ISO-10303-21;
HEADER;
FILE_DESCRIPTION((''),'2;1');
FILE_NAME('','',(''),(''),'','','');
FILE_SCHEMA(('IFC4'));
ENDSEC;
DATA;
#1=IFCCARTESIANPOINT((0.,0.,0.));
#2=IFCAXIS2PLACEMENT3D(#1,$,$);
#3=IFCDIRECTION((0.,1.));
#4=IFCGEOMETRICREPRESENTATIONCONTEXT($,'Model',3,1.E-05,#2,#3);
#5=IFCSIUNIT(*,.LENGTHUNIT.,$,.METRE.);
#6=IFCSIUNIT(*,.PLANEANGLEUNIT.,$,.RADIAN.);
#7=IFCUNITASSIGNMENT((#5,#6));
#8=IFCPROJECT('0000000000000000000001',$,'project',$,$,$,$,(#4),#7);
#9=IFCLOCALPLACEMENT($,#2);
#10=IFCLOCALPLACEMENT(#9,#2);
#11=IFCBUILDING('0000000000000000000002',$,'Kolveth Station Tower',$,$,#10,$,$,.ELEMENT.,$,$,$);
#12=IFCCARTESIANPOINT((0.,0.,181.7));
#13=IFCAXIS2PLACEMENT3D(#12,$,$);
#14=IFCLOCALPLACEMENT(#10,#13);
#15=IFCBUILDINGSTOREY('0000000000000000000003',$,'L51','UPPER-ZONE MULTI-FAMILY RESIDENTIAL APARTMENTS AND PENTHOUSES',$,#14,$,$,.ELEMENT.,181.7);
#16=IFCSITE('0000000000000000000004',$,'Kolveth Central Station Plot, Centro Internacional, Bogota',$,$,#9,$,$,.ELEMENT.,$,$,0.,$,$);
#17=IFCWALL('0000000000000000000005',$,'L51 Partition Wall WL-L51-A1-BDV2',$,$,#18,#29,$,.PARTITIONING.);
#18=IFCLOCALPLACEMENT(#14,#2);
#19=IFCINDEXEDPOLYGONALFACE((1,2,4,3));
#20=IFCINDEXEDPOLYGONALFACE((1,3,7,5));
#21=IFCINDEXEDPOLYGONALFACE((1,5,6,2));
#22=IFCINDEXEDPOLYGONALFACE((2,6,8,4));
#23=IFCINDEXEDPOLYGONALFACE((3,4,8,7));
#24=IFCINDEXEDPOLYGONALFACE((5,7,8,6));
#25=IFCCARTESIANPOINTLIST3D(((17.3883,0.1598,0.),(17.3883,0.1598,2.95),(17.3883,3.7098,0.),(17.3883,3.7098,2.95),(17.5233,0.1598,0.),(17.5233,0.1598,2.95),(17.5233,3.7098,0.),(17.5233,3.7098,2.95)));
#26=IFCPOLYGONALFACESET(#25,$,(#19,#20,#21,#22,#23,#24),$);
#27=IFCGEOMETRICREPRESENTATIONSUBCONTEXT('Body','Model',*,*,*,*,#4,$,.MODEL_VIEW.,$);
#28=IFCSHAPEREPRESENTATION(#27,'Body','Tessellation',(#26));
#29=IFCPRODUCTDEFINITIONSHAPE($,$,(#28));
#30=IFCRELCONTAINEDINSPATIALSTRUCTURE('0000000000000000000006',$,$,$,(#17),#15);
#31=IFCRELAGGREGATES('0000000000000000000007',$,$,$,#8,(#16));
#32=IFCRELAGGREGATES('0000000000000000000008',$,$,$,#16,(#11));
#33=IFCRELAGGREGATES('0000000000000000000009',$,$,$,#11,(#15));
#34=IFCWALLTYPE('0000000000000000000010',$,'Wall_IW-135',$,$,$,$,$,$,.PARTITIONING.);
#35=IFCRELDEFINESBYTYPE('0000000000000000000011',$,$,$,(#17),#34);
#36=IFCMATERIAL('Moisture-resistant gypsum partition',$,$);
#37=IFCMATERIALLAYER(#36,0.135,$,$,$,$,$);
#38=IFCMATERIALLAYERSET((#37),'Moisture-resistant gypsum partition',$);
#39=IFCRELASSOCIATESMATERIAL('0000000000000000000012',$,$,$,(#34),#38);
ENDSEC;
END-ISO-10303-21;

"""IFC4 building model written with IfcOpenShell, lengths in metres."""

from ifc_helpers import new_model, si_unit, direction, frame, frame_2d, origin, place, context, subcontext, project, spatial, rectangle, extrude, material, layer, layer_set, type_object, element, save


model = new_model("IFC4")

# Units and contexts
model_context = context("Model", 3, precision=1e-05, world=origin(), true_north=direction((0.0, 1.0)))
body_context = subcontext(model_context, "Body", "Model", "MODEL_VIEW")
ifc_project = project(units=[si_unit("LENGTHUNIT", "METRE"), si_unit("PLANEANGLEUNIT", "RADIAN")], contexts=[model_context])

# Site, building, storey
site_placement = place(None, origin())
site = spatial("IfcSite", under=ifc_project, at=site_placement, Name="Kolveth Central Station Plot, Centro Internacional, Bogota", CompositionType="ELEMENT", RefElevation=0.0)
building_placement = place(site_placement, origin())
building = spatial("IfcBuilding", under=site, at=building_placement, Name="Kolveth Station Tower", CompositionType="ELEMENT")
storey_placement = place(building_placement, frame((0.0, 0.0, 181.7)))
storey = spatial("IfcBuildingStorey", under=building, at=storey_placement, Name="L51", Description="UPPER-ZONE MULTI-FAMILY RESIDENTIAL APARTMENTS AND PENTHOUSES", CompositionType="ELEMENT", Elevation=181.7)

# Shared definitions
ifc_material_1 = material(Name="Moisture-resistant gypsum partition")
ifc_layer = layer(ifc_material_1, 0.135)
ifc_layer_set = layer_set([ifc_layer], Name="Moisture-resistant gypsum partition")
wall_type = type_object("IfcWallType", Name="Wall_IW-135", PredefinedType="PARTITIONING", material=ifc_layer_set)

# Wall
wall_1_placement = place(storey_placement, frame((17.4558, 0.1599, 0.0), z_axis=(0.0, 0.0, 1.0), x_axis=(0.0, 1.0, 0.0)))
element("IfcWall", 1, at=wall_1_placement, inside=storey, type_object=wall_type, Name="L51 Partition Wall WL-L51-A1-BDV2", PredefinedType="PARTITIONING", context=body_context, shape_type="SweptSolid", body=[
    extrude(rectangle(XDim=3.55, YDim=0.135, at=frame_2d((1.7749, 0.0))), origin(), (0.0, 0.0, 1.0), 2.95),
])

save(model, "model.ifc")
